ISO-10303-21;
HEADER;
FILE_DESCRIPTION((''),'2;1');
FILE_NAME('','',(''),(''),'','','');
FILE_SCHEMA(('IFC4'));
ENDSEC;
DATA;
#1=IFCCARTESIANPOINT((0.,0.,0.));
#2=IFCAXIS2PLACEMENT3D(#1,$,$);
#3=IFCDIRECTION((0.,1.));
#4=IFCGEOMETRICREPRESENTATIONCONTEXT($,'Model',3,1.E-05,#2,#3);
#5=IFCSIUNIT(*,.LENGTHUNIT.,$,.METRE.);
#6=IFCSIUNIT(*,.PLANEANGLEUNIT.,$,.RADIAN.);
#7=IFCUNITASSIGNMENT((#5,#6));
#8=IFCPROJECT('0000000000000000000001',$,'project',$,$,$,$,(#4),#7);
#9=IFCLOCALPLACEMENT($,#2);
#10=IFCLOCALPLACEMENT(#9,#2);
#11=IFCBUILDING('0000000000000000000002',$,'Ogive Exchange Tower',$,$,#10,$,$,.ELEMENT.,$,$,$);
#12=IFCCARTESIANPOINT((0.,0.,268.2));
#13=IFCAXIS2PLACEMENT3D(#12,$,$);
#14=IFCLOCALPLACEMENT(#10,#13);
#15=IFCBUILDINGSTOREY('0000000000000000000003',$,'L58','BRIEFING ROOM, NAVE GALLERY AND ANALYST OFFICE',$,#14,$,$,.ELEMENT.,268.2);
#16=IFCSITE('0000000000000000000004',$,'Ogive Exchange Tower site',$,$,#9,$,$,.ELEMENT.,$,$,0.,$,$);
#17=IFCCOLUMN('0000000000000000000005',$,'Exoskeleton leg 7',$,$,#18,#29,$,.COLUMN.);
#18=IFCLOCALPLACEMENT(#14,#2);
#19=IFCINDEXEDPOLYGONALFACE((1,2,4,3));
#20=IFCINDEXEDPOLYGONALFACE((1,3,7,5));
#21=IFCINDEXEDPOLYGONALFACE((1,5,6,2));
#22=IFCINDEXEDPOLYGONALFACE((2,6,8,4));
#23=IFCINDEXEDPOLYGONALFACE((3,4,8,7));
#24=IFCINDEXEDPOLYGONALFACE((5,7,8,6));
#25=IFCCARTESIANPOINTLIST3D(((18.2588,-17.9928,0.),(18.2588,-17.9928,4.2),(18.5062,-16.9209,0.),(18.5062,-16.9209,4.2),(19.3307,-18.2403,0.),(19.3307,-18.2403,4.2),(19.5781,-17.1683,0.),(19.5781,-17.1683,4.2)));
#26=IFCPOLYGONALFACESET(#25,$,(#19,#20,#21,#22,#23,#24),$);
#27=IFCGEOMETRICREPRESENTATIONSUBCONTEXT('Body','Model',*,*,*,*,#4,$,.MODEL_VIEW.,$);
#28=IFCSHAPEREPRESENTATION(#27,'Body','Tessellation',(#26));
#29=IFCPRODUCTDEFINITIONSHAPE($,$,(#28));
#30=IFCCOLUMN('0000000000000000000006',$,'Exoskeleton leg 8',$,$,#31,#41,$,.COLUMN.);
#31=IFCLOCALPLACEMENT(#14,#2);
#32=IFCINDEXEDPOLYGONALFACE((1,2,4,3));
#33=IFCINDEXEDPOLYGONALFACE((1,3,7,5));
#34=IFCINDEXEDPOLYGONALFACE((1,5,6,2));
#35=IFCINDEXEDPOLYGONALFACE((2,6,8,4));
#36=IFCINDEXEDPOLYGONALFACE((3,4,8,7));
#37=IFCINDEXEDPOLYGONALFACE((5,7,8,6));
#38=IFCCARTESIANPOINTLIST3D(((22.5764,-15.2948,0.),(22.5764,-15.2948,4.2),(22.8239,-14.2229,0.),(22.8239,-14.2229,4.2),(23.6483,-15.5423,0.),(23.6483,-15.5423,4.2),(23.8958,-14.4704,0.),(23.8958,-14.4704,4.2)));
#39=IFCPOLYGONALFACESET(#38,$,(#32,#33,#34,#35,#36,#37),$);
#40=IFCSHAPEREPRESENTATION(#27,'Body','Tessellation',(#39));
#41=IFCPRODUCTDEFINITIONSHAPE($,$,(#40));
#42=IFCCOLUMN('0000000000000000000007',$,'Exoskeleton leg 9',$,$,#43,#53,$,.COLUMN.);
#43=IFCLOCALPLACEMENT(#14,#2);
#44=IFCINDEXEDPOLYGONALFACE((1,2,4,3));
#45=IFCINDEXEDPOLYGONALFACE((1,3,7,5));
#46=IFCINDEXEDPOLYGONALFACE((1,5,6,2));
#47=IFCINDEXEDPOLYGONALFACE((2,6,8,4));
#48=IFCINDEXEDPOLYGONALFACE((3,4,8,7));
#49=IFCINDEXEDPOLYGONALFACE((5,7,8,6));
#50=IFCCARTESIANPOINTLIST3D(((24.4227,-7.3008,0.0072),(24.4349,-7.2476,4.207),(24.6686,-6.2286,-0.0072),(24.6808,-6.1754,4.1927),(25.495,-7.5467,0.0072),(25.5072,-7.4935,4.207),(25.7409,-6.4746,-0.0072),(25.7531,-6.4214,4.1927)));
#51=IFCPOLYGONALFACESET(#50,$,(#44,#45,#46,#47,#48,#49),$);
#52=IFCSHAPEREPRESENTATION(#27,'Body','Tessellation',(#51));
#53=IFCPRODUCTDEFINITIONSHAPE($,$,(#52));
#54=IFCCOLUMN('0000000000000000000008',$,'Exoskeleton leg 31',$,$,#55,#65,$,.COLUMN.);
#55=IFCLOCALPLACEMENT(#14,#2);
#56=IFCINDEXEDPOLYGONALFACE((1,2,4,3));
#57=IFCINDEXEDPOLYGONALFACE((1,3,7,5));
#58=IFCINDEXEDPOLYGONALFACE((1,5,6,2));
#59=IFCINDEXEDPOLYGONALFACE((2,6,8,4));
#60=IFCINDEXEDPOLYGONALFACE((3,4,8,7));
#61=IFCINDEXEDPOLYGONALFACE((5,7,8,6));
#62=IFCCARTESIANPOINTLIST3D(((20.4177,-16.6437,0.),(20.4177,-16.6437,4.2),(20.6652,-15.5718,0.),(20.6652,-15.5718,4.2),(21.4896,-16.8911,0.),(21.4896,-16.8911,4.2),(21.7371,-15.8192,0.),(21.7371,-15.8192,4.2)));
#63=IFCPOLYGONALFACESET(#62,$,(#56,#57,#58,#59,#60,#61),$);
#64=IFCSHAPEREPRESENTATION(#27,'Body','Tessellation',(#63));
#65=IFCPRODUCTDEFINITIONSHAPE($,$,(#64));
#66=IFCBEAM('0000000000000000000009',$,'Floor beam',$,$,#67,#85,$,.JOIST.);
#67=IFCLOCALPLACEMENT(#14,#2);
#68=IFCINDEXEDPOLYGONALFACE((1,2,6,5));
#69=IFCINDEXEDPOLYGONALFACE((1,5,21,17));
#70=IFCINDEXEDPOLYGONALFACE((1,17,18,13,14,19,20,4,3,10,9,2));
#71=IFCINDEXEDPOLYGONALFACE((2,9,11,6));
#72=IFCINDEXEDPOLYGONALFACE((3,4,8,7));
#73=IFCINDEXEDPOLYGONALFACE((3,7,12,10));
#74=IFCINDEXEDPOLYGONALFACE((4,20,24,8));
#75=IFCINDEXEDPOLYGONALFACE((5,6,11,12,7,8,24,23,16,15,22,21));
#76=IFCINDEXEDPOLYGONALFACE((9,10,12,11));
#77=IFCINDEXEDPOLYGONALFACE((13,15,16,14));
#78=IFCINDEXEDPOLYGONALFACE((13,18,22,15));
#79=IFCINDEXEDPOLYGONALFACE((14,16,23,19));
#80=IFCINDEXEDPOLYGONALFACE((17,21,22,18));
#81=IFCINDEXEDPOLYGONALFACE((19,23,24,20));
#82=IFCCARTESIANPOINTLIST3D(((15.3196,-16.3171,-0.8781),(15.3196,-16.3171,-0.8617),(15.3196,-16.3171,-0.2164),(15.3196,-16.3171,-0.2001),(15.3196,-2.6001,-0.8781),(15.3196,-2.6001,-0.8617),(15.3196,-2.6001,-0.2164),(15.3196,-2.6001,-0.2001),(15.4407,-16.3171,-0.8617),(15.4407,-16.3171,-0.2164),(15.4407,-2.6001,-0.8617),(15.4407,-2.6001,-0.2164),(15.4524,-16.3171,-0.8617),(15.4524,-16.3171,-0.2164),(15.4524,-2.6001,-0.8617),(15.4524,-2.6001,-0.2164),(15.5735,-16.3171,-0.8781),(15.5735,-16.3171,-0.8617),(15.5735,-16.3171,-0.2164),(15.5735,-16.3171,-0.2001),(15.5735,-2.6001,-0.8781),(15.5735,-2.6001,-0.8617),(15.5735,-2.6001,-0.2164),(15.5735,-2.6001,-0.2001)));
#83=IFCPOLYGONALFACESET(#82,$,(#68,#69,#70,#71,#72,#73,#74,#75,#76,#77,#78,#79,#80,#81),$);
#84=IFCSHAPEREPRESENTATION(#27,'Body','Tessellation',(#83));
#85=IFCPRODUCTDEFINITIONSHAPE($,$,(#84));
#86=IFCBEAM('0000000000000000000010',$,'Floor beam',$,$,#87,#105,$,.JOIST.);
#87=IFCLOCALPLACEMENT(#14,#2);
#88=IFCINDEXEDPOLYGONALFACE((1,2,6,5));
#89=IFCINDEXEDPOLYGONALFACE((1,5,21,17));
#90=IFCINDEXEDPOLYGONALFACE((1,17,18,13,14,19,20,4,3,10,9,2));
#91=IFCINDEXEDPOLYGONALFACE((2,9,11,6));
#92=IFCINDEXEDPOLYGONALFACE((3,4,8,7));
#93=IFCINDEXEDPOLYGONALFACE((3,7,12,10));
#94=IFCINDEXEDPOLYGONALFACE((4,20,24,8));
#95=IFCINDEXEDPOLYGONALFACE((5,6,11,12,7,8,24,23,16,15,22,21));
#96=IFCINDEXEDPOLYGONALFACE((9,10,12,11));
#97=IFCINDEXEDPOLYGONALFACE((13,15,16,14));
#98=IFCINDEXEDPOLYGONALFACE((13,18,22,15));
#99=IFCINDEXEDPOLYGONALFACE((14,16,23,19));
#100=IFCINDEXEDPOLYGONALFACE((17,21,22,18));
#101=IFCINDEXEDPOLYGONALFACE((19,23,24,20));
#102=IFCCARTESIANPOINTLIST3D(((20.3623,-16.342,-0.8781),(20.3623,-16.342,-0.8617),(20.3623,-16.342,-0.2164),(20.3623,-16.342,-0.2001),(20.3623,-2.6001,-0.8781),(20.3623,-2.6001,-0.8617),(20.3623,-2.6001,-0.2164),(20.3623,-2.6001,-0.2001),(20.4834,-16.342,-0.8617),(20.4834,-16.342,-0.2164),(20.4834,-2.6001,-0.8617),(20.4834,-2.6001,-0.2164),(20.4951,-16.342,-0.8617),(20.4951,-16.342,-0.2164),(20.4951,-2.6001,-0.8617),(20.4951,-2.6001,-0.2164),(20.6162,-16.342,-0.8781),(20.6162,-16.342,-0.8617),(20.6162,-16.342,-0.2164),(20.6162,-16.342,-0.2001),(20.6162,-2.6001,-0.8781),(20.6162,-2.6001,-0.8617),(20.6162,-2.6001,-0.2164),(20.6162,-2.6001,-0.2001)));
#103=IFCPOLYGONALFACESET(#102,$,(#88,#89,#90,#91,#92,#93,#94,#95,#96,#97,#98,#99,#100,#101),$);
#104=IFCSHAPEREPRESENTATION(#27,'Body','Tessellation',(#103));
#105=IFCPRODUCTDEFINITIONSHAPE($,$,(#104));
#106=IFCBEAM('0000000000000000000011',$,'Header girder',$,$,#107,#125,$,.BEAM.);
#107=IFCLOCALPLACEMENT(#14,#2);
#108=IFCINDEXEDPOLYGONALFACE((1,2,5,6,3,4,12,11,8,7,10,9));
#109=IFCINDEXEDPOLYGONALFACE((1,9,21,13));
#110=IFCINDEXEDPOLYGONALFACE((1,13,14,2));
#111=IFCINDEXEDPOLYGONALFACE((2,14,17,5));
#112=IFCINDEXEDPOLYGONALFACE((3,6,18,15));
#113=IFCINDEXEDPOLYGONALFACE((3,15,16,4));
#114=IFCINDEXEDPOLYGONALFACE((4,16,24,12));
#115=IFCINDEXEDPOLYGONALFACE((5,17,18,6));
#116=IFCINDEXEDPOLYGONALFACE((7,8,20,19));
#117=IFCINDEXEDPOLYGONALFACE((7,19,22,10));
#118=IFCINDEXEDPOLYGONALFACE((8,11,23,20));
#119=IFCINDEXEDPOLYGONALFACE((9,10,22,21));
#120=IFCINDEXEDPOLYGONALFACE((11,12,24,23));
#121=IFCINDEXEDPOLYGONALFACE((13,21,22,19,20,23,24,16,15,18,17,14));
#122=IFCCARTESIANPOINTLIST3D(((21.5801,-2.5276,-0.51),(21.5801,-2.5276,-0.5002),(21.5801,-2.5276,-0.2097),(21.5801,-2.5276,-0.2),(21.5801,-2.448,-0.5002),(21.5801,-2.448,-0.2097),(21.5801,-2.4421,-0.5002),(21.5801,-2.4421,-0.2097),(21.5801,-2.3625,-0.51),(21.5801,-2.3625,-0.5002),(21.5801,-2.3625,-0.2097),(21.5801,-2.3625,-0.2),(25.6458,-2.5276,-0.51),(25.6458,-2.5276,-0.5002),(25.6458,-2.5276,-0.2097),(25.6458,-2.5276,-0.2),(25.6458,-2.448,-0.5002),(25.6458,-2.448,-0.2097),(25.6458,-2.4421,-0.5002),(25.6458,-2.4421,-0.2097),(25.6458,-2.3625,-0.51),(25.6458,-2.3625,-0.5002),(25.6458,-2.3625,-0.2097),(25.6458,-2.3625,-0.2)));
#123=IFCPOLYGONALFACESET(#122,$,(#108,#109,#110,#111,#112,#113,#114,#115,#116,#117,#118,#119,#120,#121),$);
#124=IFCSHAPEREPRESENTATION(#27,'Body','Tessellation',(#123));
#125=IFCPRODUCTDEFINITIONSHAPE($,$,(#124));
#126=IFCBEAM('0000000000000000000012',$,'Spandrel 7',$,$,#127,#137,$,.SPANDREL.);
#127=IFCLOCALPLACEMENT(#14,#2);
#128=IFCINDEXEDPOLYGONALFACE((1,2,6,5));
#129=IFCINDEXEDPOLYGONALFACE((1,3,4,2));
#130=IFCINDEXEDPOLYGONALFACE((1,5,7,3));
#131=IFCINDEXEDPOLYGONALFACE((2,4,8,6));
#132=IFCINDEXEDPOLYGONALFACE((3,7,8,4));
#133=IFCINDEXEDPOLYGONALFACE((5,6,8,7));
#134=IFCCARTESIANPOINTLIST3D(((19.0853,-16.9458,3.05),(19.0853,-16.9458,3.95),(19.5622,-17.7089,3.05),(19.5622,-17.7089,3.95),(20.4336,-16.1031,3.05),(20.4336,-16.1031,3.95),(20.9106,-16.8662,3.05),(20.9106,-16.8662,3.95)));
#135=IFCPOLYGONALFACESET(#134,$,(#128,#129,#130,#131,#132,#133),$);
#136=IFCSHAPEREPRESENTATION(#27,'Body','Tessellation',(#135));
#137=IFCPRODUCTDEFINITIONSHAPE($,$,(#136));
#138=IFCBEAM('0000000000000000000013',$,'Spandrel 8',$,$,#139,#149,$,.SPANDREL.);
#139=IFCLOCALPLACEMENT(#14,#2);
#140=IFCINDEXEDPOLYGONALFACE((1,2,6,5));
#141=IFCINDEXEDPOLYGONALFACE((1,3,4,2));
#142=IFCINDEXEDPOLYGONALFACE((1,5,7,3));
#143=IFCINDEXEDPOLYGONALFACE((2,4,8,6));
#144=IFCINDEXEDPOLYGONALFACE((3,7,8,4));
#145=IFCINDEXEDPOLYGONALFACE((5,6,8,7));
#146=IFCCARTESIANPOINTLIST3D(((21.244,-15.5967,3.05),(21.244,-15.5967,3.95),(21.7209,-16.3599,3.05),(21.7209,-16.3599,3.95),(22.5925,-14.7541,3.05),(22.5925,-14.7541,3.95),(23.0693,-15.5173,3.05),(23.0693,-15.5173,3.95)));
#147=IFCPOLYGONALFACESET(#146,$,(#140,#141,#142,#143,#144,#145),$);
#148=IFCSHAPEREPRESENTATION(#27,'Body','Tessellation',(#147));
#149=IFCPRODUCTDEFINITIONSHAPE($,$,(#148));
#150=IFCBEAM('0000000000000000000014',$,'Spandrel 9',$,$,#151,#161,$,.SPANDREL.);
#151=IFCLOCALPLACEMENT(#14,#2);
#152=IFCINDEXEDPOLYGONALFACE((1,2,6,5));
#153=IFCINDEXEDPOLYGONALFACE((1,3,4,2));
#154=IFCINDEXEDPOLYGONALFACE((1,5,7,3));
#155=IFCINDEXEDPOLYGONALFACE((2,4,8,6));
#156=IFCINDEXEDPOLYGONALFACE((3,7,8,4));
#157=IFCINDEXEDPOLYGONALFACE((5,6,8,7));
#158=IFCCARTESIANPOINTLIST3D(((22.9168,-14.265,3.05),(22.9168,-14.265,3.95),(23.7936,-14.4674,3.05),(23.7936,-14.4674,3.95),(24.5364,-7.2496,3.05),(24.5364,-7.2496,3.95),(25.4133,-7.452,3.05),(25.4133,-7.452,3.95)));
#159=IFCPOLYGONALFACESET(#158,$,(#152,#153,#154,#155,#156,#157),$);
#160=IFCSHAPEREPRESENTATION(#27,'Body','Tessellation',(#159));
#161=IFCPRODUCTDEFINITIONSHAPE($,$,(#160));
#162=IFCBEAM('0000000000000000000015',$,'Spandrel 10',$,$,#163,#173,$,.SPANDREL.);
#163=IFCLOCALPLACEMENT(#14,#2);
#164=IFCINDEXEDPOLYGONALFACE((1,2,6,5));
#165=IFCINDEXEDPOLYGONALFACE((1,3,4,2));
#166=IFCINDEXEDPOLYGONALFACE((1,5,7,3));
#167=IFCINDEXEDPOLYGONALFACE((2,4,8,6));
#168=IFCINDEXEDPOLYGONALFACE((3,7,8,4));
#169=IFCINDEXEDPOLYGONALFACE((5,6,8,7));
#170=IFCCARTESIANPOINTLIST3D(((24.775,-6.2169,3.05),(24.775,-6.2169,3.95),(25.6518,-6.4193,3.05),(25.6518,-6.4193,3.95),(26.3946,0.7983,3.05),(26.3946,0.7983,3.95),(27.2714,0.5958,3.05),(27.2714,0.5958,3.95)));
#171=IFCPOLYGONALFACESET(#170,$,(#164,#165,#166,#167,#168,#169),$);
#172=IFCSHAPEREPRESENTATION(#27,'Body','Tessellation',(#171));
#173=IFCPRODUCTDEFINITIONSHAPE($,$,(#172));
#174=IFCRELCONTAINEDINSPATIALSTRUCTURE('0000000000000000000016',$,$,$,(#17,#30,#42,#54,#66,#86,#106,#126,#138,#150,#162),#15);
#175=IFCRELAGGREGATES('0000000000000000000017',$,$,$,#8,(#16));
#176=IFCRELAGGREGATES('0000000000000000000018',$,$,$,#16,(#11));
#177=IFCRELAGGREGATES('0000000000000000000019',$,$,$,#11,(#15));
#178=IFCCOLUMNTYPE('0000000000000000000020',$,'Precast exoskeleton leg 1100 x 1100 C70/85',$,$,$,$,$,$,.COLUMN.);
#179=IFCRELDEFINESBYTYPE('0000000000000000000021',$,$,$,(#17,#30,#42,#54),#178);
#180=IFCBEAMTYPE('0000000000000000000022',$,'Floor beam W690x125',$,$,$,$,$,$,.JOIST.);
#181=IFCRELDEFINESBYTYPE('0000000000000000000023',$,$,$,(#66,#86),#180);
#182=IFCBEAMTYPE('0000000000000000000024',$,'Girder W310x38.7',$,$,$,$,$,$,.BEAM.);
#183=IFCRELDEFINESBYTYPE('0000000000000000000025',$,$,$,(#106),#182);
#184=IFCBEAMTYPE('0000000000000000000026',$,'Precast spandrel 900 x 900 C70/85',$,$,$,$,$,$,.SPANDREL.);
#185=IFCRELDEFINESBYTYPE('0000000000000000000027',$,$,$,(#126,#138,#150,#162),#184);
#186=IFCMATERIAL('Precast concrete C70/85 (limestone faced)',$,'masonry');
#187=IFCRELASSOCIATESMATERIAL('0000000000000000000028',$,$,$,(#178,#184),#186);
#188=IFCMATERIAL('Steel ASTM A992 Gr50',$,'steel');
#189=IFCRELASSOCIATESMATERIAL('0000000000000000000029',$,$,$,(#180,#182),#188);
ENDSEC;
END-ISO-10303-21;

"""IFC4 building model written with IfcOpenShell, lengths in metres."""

from ifc_helpers import new_model, si_unit, direction, frame, origin, origin_2d, place, context, subcontext, project, spatial, rectangle, i_section, extrude, material, material_profile, profile_set, type_object, element, save


model = new_model("IFC4")

# Units and contexts
model_context = context("Model", 3, precision=1e-05, world=origin(), true_north=direction((0.0, 1.0)))
body_context = subcontext(model_context, "Body", "Model", "MODEL_VIEW")
ifc_project = project(units=[si_unit("LENGTHUNIT", "METRE"), si_unit("PLANEANGLEUNIT", "RADIAN")], contexts=[model_context])

# Site, building, storey
site_placement = place(None, origin())
site = spatial("IfcSite", under=ifc_project, at=site_placement, Name="Ogive Exchange Tower site", CompositionType="ELEMENT", RefElevation=0.0)
building_placement = place(site_placement, origin())
building = spatial("IfcBuilding", under=site, at=building_placement, Name="Ogive Exchange Tower", CompositionType="ELEMENT")
storey_placement = place(building_placement, frame((0.0, 0.0, 268.2)))
storey = spatial("IfcBuildingStorey", under=building, at=storey_placement, Name="L58", Description="BRIEFING ROOM, NAVE GALLERY AND ANALYST OFFICE", CompositionType="ELEMENT", Elevation=268.2)

# Columns
ifc_material_1 = material(Name="Precast concrete C70/85 (limestone faced)", Category="masonry")
ifc_material_profile_1 = material_profile(ifc_material_1, rectangle(XDim=1.1001, YDim=1.1001, at=origin_2d()), Name="1100 x 1100")
ifc_profile_set_1 = profile_set([ifc_material_profile_1], Name="Precast concrete C70/85 (limestone faced)")
column_type = type_object("IfcColumnType", Name="Precast exoskeleton leg 1100 x 1100 C70/85", PredefinedType="COLUMN", material=ifc_profile_set_1)
for number, where, z_axis, x_axis, name in (
    (1, (18.9185, -17.5806, 0.0), (0.0, 0.0, 1.0), (0.97437, -0.224951, 0.0), "Exoskeleton leg 7"),
    (2, (23.2361, -14.8826, 0.0), (0.0, 0.0, 1.0), (0.97437, -0.224951, 0.0), "Exoskeleton leg 8"),
):
    element("IfcColumn", number, at=place(storey_placement, frame(where, z_axis=z_axis, x_axis=x_axis)), inside=storey, type_object=column_type, Name=name, PredefinedType="COLUMN", context=body_context, shape_type="SweptSolid", body=[
        extrude(rectangle(XDim=1.1001, YDim=1.1001, at=origin_2d()), origin(), (0.0, 0.0, 1.0), 4.2),
    ])
column_1_placement = place(storey_placement, frame((25.0818, -6.8877, 0.0), z_axis=(0.002906, 0.012671, 0.999915), x_axis=(-0.974692, 0.223553, 0.0)))
element("IfcColumn", 3, at=column_1_placement, inside=storey, type_object=column_type, Name="Exoskeleton leg 9", PredefinedType="COLUMN", context=body_context, shape_type="SweptSolid", body=[
    extrude(rectangle(XDim=1.1001, YDim=1.1001, at=origin_2d()), origin(), (0.0, 0.0, 1.0), 4.2002),
])
column_2_placement = place(storey_placement, frame((21.0774, -16.2314, 0.0), z_axis=(0.0, 0.0, 1.0), x_axis=(0.97437, -0.224951, 0.0)))
element("IfcColumn", 4, at=column_2_placement, inside=storey, type_object=column_type, Name="Exoskeleton leg 31", PredefinedType="COLUMN", context=body_context, shape_type="SweptSolid", body=[
    extrude(rectangle(XDim=1.1001, YDim=1.1001, at=origin_2d()), origin(), (0.0, 0.0, 1.0), 4.2),
])

# Beams
ifc_material_2 = material(Name="Steel ASTM A992 Gr50", Category="steel")
ifc_material_profile_2 = material_profile(ifc_material_2, i_section(OverallWidth=0.2539, OverallDepth=0.678, WebThickness=0.0117, FlangeThickness=0.0164, at=origin_2d()), Name="W690x125")
ifc_profile_set_2 = profile_set([ifc_material_profile_2], Name="Steel ASTM A992 Gr50")
beam_type_1 = type_object("IfcBeamType", Name="Floor beam W690x125", PredefinedType="JOIST", material=ifc_profile_set_2)
beam_1_placement = place(storey_placement, frame((15.4465, -16.3171, -0.5391), z_axis=(0.0, 1.0, 0.0), x_axis=(-1.0, 0.0, 0.0)))
element("IfcBeam", 5, at=beam_1_placement, inside=storey, type_object=beam_type_1, Name="Floor beam", PredefinedType="JOIST", context=body_context, shape_type="SweptSolid", body=[
    extrude(i_section(OverallWidth=0.2539, OverallDepth=0.678, WebThickness=0.0117, FlangeThickness=0.0164, at=origin_2d()), origin(), (0.0, 0.0, 1.0), 13.717),
])
beam_2_placement = place(storey_placement, frame((20.4893, -16.342, -0.5391), z_axis=(0.0, 1.0, 0.0), x_axis=(-1.0, 0.0, 0.0)))
element("IfcBeam", 6, at=beam_2_placement, inside=storey, type_object=beam_type_1, Name="Floor beam", PredefinedType="JOIST", context=body_context, shape_type="SweptSolid", body=[
    extrude(i_section(OverallWidth=0.2539, OverallDepth=0.678, WebThickness=0.0117, FlangeThickness=0.0164, at=origin_2d()), origin(), (0.0, 0.0, 1.0), 13.7419),
])
ifc_material_profile_3 = material_profile(ifc_material_2, i_section(OverallWidth=0.165, OverallDepth=0.3101, WebThickness=0.0059, FlangeThickness=0.0098, at=origin_2d()), Name="W310x38.7")
ifc_profile_set_3 = profile_set([ifc_material_profile_3], Name="Steel ASTM A992 Gr50")
beam_type_2 = type_object("IfcBeamType", Name="Girder W310x38.7", PredefinedType="BEAM", material=ifc_profile_set_3)
beam_3_placement = place(storey_placement, frame((21.5801, -2.4451, -0.355), z_axis=(1.0, 0.0, 0.0), x_axis=(0.0, 1.0, 0.0)))
element("IfcBeam", 7, at=beam_3_placement, inside=storey, type_object=beam_type_2, Name="Header girder", PredefinedType="BEAM", context=body_context, shape_type="SweptSolid", body=[
    extrude(i_section(OverallWidth=0.165, OverallDepth=0.3101, WebThickness=0.0059, FlangeThickness=0.0098, at=origin_2d()), origin(), (0.0, 0.0, 1.0), 4.0657),
])
ifc_material_profile_4 = material_profile(ifc_material_1, rectangle(XDim=0.8999, YDim=0.8999, at=origin_2d()), Name="900 x 900")
ifc_profile_set_4 = profile_set([ifc_material_profile_4], Name="Precast concrete C70/85 (limestone faced)")
beam_type_3 = type_object("IfcBeamType", Name="Precast spandrel 900 x 900 C70/85", PredefinedType="SPANDREL", material=ifc_profile_set_4)
for number, where, z_axis, x_axis, name in (
    (8, (19.3237, -17.3274, 3.5), (0.84799, 0.530013, 0.0), (-0.530013, 0.84799, 0.0), "Spandrel 7"),
    (9, (21.4824, -15.9783, 3.5), (0.848059, 0.529902, 0.0), (-0.529902, 0.848059, 0.0), "Spandrel 8"),
):
    element("IfcBeam", number, at=place(storey_placement, frame(where, z_axis=z_axis, x_axis=x_axis)), inside=storey, type_object=beam_type_3, Name=name, PredefinedType="SPANDREL", context=body_context, shape_type="SweptSolid", body=[
        extrude(rectangle(XDim=0.8999, YDim=0.8999, at=origin_2d()), origin(), (0.0, 0.0, 1.0), 1.5901),
    ])
beam_4_placement = place(storey_placement, frame((23.3552, -14.3662, 3.5), z_axis=(0.224951, 0.97437, 0.0), x_axis=(-0.97437, 0.224951, 0.0)))
element("IfcBeam", 10, at=beam_4_placement, inside=storey, type_object=beam_type_3, Name="Spandrel 9", PredefinedType="SPANDREL", context=body_context, shape_type="SweptSolid", body=[
    extrude(rectangle(XDim=0.8999, YDim=0.8999, at=origin_2d()), origin(), (0.0, 0.0, 1.0), 7.2),
])
beam_5_placement = place(storey_placement, frame((25.2134, -6.3181, 3.5), z_axis=(0.224959, 0.974368, 0.0), x_axis=(-0.974368, 0.224959, 0.0)))
element("IfcBeam", 11, at=beam_5_placement, inside=storey, type_object=beam_type_3, Name="Spandrel 10", PredefinedType="SPANDREL", context=body_context, shape_type="SweptSolid", body=[
    extrude(rectangle(XDim=0.8999, YDim=0.8999, at=origin_2d()), origin(), (0.0, 0.0, 1.0), 7.1997),
])

save(model, "model.ifc")
